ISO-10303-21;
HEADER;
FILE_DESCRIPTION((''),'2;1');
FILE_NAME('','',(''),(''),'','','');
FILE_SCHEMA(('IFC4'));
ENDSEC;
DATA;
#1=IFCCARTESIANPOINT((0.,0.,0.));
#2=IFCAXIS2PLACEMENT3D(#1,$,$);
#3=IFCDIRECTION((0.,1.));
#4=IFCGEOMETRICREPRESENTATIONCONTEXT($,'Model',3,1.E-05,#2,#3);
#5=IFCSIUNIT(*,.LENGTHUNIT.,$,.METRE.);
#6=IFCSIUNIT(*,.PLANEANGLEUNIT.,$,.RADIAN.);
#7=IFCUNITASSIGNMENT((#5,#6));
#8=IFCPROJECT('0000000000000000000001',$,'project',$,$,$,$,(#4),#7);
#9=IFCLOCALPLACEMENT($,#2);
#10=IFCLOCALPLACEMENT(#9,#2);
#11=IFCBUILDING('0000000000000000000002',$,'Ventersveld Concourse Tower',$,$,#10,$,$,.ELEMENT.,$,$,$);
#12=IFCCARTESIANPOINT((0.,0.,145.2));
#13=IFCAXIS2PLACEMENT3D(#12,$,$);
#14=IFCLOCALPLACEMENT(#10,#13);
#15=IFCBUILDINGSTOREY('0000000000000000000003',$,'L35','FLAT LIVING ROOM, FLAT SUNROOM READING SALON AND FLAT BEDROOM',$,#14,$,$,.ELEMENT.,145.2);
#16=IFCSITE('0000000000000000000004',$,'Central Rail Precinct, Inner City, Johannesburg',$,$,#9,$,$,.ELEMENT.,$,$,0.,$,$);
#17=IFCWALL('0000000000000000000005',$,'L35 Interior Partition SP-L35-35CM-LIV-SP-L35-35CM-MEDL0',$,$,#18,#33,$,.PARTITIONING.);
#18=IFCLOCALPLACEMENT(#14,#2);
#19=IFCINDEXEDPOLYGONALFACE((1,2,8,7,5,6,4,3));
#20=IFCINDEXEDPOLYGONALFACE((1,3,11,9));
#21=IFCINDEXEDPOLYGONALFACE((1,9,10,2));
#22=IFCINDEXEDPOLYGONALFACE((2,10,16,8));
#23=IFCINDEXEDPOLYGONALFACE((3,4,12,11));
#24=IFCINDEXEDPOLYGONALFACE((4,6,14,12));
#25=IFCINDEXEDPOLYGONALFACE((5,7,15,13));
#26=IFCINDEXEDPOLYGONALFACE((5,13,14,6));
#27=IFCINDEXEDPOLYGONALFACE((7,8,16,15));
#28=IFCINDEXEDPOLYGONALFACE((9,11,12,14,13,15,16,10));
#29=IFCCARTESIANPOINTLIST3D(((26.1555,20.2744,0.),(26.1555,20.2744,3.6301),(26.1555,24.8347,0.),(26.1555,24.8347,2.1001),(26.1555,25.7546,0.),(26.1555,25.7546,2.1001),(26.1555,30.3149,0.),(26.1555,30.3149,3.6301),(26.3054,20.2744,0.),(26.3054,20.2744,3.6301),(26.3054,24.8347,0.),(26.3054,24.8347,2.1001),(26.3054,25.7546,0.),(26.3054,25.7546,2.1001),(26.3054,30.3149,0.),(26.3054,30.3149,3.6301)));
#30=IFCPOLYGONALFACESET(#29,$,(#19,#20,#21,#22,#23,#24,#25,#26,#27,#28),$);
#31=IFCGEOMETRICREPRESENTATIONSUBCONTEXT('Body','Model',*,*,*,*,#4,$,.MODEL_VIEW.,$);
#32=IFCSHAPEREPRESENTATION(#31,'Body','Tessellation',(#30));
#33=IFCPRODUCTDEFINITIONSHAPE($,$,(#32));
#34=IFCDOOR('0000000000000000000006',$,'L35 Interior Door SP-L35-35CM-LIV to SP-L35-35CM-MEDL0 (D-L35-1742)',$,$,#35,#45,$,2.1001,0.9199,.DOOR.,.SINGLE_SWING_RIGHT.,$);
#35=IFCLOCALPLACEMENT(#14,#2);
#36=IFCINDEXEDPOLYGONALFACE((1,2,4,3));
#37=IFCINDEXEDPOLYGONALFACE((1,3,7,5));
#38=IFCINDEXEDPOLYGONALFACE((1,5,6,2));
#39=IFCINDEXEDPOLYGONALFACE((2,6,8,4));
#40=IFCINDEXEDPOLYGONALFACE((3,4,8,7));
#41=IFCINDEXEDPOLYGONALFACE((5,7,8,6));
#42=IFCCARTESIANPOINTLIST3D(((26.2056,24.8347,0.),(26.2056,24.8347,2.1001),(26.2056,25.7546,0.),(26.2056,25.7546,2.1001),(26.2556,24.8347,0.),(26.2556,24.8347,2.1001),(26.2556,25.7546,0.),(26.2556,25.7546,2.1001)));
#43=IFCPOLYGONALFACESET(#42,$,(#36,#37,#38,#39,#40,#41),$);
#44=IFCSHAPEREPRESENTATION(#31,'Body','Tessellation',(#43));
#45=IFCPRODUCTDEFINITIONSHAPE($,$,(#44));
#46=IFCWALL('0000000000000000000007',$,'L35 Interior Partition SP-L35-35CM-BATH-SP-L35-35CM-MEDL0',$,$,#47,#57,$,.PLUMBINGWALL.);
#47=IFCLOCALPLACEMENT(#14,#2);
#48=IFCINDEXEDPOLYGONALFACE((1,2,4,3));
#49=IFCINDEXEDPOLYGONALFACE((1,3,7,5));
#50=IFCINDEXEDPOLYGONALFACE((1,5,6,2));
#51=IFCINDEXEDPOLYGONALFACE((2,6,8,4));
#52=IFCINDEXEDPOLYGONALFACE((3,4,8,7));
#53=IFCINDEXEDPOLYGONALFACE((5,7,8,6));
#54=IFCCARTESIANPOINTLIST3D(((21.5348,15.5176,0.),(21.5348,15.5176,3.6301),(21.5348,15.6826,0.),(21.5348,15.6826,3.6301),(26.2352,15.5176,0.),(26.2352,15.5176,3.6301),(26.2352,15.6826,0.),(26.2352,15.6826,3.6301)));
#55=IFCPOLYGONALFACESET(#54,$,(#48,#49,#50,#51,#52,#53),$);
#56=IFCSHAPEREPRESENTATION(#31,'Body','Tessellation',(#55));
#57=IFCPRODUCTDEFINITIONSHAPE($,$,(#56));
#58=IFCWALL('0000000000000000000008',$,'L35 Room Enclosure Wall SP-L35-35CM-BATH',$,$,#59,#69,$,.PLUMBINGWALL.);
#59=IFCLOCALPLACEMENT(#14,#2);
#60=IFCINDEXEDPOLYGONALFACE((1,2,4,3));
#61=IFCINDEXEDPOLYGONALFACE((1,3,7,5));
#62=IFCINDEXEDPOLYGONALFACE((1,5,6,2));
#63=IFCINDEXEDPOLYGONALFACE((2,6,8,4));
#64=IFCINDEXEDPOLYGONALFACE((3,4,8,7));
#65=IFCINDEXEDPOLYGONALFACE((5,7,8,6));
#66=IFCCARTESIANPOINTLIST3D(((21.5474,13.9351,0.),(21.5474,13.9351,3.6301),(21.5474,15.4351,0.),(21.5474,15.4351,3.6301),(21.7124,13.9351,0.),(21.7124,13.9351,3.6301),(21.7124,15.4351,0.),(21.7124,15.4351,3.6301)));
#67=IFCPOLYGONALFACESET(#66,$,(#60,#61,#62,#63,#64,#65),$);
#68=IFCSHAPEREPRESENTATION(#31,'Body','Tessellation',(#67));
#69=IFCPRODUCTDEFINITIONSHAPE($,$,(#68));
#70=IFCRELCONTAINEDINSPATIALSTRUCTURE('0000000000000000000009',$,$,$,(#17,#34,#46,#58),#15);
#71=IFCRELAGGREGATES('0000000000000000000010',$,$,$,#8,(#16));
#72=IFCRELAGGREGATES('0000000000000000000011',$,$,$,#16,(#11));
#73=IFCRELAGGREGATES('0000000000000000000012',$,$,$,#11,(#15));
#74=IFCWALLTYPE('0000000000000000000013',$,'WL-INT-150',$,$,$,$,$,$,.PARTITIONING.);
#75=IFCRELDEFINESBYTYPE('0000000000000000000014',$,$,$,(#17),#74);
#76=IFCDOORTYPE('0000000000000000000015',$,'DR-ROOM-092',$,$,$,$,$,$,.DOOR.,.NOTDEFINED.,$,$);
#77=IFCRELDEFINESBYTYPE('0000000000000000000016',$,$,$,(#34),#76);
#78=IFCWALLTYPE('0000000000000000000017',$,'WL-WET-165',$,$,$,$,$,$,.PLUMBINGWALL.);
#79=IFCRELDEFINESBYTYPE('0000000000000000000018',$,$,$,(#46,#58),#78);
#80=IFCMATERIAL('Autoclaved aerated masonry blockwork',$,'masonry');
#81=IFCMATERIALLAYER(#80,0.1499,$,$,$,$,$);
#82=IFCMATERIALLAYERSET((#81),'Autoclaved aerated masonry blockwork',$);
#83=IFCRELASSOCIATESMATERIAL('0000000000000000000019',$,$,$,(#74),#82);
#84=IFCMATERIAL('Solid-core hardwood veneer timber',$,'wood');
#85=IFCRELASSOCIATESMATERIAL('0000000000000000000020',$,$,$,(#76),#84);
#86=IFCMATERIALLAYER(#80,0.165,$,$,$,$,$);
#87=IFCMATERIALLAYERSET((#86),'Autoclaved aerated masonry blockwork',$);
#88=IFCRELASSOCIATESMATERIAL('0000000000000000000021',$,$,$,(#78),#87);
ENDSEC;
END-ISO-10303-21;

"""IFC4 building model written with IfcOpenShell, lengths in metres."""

from ifc_helpers import new_model, si_unit, direction, frame, frame_2d, origin, place, context, subcontext, project, spatial, rectangle, extrude, material, layer, layer_set, type_object, element, fill, save


model = new_model("IFC4")

# Units and contexts
model_context = context("Model", 3, precision=1e-05, world=origin(), true_north=direction((0.0, 1.0)))
body_context = subcontext(model_context, "Body", "Model", "MODEL_VIEW")
ifc_project = project(units=[si_unit("LENGTHUNIT", "METRE"), si_unit("PLANEANGLEUNIT", "RADIAN")], contexts=[model_context])

# Site, building, storey
site_placement = place(None, origin())
site = spatial("IfcSite", under=ifc_project, at=site_placement, Name="Central Rail Precinct, Inner City, Johannesburg", CompositionType="ELEMENT", RefElevation=0.0)
building_placement = place(site_placement, origin())
building = spatial("IfcBuilding", under=site, at=building_placement, Name="Ventersveld Concourse Tower", CompositionType="ELEMENT")
storey_placement = place(building_placement, frame((0.0, 0.0, 145.2)))
storey = spatial("IfcBuildingStorey", under=building, at=storey_placement, Name="L35", Description="FLAT LIVING ROOM, FLAT SUNROOM READING SALON AND FLAT BEDROOM", CompositionType="ELEMENT", Elevation=145.2)

# Shared definitions
ifc_material_1 = material(Name="Solid-core hardwood veneer timber", Category="wood")

# Wall, opening, door
ifc_material_2 = material(Name="Autoclaved aerated masonry blockwork", Category="masonry")
ifc_layer_1 = layer(ifc_material_2, 0.1499)
ifc_layer_set_1 = layer_set([ifc_layer_1], Name="Autoclaved aerated masonry blockwork")
wall_type_1 = type_object("IfcWallType", Name="WL-INT-150", PredefinedType="PARTITIONING", material=ifc_layer_set_1)
door_type_1 = type_object("IfcDoorType", Name="DR-ROOM-092", OperationType="NOTDEFINED", PredefinedType="DOOR", material=ifc_material_1)
wall_1_placement = place(storey_placement, frame((26.2305, 20.2744, 0.0), z_axis=(0.0, 0.0, 1.0), x_axis=(0.0, 1.0, 0.0)))
wall_1 = element("IfcWall", 1, at=wall_1_placement, inside=storey, type_object=wall_type_1, Name="L35 Interior Partition SP-L35-35CM-LIV-SP-L35-35CM-MEDL0", PredefinedType="PARTITIONING", context=body_context, shape_type="SweptSolid", body=[
    extrude(rectangle(XDim=10.0405, YDim=0.1499, at=frame_2d((5.0203, 0.0))), origin(), (0.0, 0.0, 1.0), 3.6301),
])
opening_1_placement = place(wall_1_placement, frame((4.5603, 0.0, 0.0)))
opening_1 = element("IfcOpeningElement", 2, at=opening_1_placement, cuts=wall_1, PredefinedType="OPENING", context=body_context, shape_type="SweptSolid", body=[
    extrude(rectangle(XDim=0.9199, YDim=2.1001, at=frame_2d((0.46, 1.05))), frame((0.0, 0.085, 0.0), z_axis=(0.0, -1.0, 0.0), x_axis=(1.0, 0.0, 0.0)), (0.0, 0.0, 1.0), 0.1699),
])
door_1_placement = place(opening_1_placement, origin())
door_1 = element("IfcDoor", 3, at=door_1_placement, inside=storey, type_object=door_type_1, Name="L35 Interior Door SP-L35-35CM-LIV to SP-L35-35CM-MEDL0 (D-L35-1742)", OperationType="SINGLE_SWING_RIGHT", OverallHeight=2.1001, OverallWidth=0.9199, PredefinedType="DOOR", context=body_context, shape_type="SweptSolid", body=[
    extrude(rectangle(XDim=0.9199, YDim=2.1001, at=frame_2d((0.46, 1.05))), frame((0.0, 0.0249, 0.0), z_axis=(0.0, -1.0, 0.0), x_axis=(1.0, 0.0, 0.0)), (0.0, 0.0, 1.0), 0.05),
])
fill(opening_1, door_1)

# Walls
ifc_layer_2 = layer(ifc_material_2, 0.165)
ifc_layer_set_2 = layer_set([ifc_layer_2], Name="Autoclaved aerated masonry blockwork")
wall_type_2 = type_object("IfcWallType", Name="WL-WET-165", PredefinedType="PLUMBINGWALL", material=ifc_layer_set_2)
wall_2_placement = place(storey_placement, frame((21.5349, 15.6001, 0.0), z_axis=(0.0, 0.0, 1.0), x_axis=(1.0, 0.0, 0.0)))
element("IfcWall", 4, at=wall_2_placement, inside=storey, type_object=wall_type_2, Name="L35 Interior Partition SP-L35-35CM-BATH-SP-L35-35CM-MEDL0", PredefinedType="PLUMBINGWALL", context=body_context, shape_type="SweptSolid", body=[
    extrude(rectangle(XDim=4.7004, YDim=0.165, at=frame_2d((2.3501, 0.0))), origin(), (0.0, 0.0, 1.0), 3.6301),
])
wall_3_placement = place(storey_placement, frame((21.6299, 13.9351, 0.0), z_axis=(0.0, 0.0, 1.0), x_axis=(0.0, 1.0, 0.0)))
element("IfcWall", 5, at=wall_3_placement, inside=storey, type_object=wall_type_2, Name="L35 Room Enclosure Wall SP-L35-35CM-BATH", PredefinedType="PLUMBINGWALL", context=body_context, shape_type="SweptSolid", body=[
    extrude(rectangle(XDim=1.5, YDim=0.165, at=frame_2d((0.75, 0.0))), origin(), (0.0, 0.0, 1.0), 3.6301),
])

save(model, "model.ifc")
